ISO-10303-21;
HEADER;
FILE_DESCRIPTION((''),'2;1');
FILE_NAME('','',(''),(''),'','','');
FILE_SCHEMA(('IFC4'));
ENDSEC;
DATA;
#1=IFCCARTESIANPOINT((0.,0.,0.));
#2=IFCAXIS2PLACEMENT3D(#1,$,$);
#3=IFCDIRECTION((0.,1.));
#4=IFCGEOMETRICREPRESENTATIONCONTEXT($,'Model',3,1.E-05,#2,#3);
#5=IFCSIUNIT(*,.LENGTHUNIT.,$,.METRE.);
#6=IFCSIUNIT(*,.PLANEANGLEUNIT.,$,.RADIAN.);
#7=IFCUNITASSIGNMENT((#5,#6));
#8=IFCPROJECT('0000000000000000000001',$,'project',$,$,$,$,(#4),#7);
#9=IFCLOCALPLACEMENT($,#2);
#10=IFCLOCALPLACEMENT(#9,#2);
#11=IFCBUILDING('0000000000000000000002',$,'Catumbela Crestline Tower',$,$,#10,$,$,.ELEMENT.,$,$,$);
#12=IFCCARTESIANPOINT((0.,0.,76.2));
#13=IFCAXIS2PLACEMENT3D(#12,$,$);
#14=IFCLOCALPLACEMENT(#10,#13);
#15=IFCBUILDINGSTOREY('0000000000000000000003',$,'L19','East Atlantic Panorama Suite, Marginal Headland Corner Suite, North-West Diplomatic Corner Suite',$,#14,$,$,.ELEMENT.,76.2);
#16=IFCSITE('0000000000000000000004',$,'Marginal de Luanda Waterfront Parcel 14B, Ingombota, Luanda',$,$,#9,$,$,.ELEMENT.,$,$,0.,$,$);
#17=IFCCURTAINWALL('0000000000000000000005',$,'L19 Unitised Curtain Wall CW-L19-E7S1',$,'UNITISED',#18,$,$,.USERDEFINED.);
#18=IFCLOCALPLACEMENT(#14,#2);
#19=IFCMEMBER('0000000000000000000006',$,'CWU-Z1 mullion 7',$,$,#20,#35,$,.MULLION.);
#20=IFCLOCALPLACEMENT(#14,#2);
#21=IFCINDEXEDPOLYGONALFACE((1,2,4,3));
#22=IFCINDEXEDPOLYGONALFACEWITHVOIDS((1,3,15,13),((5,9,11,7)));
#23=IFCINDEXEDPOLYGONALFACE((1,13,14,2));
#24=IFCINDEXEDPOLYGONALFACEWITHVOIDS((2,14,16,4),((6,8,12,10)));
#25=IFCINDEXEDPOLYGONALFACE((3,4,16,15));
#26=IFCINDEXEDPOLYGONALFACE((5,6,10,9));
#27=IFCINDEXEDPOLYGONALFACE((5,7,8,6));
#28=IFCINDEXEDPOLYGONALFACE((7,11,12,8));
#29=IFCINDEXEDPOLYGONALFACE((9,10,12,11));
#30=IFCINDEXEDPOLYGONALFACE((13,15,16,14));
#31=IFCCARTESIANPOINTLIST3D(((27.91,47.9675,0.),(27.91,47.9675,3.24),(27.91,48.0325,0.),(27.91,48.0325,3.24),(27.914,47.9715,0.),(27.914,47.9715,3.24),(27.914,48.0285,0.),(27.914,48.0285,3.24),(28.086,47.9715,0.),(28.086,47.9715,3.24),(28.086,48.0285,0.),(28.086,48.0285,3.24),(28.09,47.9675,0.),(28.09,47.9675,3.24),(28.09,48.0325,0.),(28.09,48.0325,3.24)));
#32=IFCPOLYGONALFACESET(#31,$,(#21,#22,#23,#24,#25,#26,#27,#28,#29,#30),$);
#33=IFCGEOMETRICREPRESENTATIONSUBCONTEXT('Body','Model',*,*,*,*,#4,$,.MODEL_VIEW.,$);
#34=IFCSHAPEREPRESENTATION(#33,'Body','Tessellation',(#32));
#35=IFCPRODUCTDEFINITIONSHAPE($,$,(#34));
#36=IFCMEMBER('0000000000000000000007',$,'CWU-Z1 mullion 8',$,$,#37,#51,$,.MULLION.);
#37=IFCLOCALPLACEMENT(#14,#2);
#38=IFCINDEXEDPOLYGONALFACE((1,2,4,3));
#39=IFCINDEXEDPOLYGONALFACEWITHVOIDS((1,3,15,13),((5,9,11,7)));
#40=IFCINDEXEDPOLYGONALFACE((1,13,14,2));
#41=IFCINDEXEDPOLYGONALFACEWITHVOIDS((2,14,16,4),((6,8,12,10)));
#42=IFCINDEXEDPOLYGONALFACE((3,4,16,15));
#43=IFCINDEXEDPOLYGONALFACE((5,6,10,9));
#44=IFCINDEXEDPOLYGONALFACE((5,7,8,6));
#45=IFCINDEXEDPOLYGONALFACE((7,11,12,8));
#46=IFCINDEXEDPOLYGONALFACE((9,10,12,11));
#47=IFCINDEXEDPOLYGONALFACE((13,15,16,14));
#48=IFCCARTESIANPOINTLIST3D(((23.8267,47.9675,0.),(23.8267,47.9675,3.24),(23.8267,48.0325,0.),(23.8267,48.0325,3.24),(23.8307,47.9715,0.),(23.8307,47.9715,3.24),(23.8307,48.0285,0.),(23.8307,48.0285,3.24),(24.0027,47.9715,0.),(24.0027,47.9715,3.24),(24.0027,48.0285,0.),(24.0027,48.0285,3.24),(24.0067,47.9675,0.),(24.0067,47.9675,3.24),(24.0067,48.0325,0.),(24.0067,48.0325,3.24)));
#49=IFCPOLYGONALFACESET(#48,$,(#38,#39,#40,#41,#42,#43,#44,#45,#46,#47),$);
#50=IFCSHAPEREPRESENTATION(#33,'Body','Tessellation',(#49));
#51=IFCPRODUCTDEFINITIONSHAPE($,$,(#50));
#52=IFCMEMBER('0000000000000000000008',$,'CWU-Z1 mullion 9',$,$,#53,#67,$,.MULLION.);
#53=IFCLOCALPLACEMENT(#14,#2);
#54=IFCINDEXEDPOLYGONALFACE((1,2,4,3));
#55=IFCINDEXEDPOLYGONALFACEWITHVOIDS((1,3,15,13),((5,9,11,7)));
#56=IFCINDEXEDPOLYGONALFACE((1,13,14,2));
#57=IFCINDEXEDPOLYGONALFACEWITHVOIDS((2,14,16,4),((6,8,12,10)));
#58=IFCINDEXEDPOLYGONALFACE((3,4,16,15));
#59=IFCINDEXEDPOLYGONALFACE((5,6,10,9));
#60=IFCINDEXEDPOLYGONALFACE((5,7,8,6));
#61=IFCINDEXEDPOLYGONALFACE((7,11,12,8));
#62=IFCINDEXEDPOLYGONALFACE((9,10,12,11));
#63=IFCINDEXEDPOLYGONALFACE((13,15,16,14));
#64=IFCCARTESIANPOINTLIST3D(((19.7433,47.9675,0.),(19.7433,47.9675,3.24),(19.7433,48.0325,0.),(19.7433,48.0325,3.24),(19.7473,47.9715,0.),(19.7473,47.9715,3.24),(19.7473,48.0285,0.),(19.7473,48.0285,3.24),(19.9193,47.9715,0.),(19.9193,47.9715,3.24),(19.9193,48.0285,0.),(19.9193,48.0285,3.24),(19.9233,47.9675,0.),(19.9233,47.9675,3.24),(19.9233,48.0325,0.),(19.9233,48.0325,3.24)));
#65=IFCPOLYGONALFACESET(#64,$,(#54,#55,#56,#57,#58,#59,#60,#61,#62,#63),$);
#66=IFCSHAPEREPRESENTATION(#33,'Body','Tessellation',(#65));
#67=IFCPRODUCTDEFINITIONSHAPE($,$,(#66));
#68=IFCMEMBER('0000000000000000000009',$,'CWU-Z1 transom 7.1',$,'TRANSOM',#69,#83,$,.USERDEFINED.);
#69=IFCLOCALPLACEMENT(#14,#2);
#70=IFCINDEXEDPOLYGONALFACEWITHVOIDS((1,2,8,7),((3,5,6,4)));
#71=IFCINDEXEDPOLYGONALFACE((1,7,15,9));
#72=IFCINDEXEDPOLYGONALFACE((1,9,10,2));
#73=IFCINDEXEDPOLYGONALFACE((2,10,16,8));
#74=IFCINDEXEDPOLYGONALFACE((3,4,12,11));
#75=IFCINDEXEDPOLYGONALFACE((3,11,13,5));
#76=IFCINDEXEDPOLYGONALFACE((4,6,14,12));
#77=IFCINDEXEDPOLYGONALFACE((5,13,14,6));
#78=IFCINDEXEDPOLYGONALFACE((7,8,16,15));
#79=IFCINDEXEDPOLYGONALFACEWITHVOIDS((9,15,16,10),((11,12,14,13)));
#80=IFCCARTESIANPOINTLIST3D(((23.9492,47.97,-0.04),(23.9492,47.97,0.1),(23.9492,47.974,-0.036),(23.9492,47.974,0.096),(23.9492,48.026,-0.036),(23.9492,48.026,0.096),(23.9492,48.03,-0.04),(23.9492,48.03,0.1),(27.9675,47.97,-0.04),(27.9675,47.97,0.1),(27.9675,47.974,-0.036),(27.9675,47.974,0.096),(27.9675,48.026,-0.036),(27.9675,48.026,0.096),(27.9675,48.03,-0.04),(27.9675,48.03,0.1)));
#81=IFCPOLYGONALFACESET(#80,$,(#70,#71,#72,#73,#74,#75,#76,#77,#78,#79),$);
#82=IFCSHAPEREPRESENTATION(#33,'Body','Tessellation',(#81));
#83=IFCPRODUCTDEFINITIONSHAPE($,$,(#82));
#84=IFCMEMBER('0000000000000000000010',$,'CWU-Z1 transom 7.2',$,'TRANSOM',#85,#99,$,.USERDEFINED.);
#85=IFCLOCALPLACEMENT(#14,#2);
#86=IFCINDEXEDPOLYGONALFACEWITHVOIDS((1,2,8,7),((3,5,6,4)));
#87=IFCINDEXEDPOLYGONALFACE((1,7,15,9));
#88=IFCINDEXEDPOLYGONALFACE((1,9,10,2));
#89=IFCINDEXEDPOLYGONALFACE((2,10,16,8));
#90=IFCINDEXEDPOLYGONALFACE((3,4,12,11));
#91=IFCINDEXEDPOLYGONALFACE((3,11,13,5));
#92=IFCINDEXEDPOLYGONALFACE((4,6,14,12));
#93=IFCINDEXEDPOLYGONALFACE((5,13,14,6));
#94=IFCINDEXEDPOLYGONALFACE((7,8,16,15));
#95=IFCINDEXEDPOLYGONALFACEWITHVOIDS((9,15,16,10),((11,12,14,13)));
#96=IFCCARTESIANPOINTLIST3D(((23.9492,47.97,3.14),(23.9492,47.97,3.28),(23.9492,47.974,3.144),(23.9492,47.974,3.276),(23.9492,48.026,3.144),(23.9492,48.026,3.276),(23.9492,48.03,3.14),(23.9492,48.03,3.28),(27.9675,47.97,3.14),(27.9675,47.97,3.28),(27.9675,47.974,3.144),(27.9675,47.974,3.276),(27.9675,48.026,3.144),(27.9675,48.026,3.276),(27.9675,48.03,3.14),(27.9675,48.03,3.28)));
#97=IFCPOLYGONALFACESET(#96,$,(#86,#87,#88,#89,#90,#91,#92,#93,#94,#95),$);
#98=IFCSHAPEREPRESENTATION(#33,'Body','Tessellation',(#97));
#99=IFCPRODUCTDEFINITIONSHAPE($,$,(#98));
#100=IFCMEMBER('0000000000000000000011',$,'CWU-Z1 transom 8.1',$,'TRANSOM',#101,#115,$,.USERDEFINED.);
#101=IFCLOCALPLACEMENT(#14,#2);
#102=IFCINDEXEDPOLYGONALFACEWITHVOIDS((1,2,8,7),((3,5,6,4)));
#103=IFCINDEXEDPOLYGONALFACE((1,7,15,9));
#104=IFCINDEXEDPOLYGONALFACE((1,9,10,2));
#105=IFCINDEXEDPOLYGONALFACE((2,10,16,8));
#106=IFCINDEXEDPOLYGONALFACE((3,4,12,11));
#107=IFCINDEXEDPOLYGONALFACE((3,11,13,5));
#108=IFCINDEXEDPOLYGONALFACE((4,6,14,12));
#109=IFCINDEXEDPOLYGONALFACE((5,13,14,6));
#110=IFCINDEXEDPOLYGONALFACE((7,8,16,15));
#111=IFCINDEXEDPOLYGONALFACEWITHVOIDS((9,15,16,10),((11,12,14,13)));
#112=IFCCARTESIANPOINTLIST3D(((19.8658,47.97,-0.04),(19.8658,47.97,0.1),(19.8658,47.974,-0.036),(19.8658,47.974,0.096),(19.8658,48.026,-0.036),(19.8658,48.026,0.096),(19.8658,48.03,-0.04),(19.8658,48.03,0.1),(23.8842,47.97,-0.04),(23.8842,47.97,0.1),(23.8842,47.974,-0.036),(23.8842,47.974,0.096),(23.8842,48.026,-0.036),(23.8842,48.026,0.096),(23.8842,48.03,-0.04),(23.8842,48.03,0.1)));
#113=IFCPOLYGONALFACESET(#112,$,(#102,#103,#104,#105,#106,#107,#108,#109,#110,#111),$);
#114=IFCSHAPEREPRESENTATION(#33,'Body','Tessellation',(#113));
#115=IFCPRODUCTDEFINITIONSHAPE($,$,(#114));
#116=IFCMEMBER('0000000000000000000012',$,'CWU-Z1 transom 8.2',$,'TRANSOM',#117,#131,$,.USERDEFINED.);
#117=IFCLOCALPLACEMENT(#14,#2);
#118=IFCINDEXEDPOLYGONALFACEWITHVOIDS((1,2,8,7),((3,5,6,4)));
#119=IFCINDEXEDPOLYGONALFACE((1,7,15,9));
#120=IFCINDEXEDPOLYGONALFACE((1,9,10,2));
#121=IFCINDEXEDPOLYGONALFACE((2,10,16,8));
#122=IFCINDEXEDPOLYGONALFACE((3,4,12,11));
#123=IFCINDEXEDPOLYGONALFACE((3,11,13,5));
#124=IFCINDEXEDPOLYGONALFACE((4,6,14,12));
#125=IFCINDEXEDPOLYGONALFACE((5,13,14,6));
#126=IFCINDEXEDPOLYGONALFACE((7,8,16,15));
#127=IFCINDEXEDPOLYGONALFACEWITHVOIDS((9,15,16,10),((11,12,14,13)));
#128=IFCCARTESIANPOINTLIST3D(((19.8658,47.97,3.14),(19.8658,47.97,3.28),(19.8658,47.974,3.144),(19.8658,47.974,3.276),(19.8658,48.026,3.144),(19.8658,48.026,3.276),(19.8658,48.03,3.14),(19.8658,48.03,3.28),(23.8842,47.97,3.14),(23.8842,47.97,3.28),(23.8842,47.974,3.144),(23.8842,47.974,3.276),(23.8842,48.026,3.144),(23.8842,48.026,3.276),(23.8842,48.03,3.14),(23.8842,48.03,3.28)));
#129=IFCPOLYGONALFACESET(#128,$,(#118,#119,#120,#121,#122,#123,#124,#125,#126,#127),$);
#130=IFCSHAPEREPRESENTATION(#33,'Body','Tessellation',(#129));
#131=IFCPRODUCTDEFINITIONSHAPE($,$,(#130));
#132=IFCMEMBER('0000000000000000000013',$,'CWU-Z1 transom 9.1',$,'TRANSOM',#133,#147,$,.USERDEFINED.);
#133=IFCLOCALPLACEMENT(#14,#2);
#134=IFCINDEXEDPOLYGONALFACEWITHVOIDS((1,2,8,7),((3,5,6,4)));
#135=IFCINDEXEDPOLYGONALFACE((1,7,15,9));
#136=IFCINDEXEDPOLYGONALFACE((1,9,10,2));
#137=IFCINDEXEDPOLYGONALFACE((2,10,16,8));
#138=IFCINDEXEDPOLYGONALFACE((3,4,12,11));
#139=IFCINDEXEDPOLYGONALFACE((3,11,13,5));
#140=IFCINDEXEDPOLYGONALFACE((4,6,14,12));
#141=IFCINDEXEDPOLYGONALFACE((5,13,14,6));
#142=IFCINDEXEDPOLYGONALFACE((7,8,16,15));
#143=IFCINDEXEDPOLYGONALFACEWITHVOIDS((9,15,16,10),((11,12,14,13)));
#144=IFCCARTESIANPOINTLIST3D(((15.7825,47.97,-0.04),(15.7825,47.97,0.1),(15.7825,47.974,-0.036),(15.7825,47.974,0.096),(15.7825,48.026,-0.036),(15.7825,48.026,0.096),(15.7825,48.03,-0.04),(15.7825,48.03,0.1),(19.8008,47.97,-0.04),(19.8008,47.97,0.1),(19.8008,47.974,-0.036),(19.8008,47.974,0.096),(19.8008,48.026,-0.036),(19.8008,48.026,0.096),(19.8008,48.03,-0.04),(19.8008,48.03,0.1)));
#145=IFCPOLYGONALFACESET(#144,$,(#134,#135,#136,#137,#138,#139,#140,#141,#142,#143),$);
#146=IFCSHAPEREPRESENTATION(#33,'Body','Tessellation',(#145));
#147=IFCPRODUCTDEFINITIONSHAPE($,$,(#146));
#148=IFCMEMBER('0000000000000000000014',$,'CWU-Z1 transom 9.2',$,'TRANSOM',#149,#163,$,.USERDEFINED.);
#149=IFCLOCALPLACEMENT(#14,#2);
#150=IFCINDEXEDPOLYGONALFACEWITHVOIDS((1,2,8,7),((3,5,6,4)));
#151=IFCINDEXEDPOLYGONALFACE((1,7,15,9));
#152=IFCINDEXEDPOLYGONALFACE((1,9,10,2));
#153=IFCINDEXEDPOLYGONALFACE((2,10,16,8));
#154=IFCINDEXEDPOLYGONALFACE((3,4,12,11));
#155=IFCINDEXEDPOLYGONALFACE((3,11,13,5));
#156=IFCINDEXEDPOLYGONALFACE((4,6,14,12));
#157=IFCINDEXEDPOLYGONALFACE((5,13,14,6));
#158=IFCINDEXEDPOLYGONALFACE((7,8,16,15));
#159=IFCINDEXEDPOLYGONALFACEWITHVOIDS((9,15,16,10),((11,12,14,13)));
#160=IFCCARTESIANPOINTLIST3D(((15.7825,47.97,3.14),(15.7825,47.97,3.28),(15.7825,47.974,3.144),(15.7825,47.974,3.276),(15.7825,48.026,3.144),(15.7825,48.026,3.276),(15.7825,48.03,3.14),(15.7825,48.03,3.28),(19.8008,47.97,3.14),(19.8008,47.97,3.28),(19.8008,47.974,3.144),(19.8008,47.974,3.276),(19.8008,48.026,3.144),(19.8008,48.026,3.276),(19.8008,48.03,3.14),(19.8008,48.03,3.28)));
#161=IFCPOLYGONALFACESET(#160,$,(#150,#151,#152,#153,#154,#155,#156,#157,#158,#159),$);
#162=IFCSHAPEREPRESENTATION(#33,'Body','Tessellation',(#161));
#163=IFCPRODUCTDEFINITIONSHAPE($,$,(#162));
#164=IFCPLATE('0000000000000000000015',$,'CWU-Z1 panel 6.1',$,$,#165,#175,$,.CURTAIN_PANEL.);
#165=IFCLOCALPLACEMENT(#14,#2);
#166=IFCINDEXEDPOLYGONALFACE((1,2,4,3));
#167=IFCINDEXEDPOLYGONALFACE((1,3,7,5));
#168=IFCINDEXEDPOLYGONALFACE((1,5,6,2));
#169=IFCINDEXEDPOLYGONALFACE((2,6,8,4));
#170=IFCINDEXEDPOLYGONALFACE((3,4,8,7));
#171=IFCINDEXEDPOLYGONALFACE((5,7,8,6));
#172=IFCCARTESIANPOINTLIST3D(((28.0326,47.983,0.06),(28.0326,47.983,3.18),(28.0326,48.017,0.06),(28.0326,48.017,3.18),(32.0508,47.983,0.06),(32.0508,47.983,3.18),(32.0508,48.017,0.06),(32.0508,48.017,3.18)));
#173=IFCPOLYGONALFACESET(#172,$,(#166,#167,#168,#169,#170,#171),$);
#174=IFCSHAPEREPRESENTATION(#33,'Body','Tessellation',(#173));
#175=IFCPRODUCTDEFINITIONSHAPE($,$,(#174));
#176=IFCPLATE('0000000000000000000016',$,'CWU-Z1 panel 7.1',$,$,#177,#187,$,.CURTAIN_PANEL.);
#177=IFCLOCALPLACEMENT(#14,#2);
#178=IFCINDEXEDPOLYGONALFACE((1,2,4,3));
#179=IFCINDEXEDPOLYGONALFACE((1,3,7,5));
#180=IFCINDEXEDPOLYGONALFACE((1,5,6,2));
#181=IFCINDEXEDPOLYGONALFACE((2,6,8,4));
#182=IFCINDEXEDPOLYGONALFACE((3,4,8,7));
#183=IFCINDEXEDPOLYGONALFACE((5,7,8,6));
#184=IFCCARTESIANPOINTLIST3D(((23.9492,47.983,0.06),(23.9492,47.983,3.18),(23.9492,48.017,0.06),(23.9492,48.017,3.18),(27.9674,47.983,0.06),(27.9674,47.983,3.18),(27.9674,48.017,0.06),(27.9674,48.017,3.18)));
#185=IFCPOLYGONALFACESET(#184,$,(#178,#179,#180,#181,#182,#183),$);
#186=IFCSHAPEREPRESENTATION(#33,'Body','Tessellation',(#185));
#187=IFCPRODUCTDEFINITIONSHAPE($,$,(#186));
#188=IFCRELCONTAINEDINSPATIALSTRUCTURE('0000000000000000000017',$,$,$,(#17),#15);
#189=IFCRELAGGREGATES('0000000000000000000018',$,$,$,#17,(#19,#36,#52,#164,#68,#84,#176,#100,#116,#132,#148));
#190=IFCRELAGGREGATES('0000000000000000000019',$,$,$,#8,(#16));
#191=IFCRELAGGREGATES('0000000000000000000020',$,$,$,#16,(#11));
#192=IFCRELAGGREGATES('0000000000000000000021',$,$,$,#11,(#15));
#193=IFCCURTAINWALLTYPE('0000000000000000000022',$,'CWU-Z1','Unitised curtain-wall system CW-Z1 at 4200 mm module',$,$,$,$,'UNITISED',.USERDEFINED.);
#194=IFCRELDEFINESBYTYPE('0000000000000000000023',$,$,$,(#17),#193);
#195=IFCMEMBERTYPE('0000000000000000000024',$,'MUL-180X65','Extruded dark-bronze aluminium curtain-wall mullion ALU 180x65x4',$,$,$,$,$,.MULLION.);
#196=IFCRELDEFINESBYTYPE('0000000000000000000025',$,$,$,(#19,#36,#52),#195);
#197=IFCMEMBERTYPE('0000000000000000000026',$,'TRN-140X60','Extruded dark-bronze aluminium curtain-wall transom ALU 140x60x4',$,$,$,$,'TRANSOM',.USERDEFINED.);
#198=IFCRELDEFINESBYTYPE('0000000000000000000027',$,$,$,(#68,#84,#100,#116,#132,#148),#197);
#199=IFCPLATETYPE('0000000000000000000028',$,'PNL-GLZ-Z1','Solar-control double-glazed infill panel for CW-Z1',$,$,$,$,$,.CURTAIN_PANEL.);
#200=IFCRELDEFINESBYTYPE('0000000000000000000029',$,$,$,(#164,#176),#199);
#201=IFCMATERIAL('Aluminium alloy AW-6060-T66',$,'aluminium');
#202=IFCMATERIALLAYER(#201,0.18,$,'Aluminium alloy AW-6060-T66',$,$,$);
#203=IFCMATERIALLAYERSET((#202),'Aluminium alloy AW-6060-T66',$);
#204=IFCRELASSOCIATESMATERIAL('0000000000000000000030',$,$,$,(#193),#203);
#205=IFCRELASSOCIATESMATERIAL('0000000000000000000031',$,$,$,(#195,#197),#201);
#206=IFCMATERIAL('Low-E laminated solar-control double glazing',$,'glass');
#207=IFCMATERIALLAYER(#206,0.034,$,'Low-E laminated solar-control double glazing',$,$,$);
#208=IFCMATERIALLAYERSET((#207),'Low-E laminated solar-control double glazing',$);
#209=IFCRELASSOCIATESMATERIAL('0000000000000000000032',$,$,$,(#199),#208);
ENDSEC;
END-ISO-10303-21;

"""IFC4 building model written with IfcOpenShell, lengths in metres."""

from ifc_helpers import new_model, si_unit, direction, frame, origin, origin_2d, place, context, subcontext, project, spatial, rectangle, hollow_rectangle, extrude, material, layer, layer_set, material_profile, profile_set, type_object, element, aggregate, save


model = new_model("IFC4")

# Units and contexts
model_context = context("Model", 3, precision=1e-05, world=origin(), true_north=direction((0.0, 1.0)))
body_context = subcontext(model_context, "Body", "Model", "MODEL_VIEW")
ifc_project = project(units=[si_unit("LENGTHUNIT", "METRE"), si_unit("PLANEANGLEUNIT", "RADIAN")], contexts=[model_context])

# Site, building, storey
site_placement = place(None, origin())
site = spatial("IfcSite", under=ifc_project, at=site_placement, Name="Marginal de Luanda Waterfront Parcel 14B, Ingombota, Luanda", CompositionType="ELEMENT", RefElevation=0.0)
building_placement = place(site_placement, origin())
building = spatial("IfcBuilding", under=site, at=building_placement, Name="Catumbela Crestline Tower", CompositionType="ELEMENT")
storey_placement = place(building_placement, frame((0.0, 0.0, 76.2)))
storey = spatial("IfcBuildingStorey", under=building, at=storey_placement, Name="L19", Description="East Atlantic Panorama Suite, Marginal Headland Corner Suite, North-West Diplomatic Corner Suite", CompositionType="ELEMENT", Elevation=76.2)

# Curtain wall, members, plates
ifc_material_1 = material(Name="Aluminium alloy AW-6060-T66", Category="aluminium")
ifc_layer_1 = layer(ifc_material_1, 0.18, Name="Aluminium alloy AW-6060-T66")
ifc_layer_set_1 = layer_set([ifc_layer_1], Name="Aluminium alloy AW-6060-T66")
curtain_wall_type = type_object("IfcCurtainWallType", Name="CWU-Z1", Description="Unitised curtain-wall system CW-Z1 at 4200 mm module", ElementType="UNITISED", PredefinedType="USERDEFINED", material=ifc_layer_set_1)
curtain_wall_placement = place(storey_placement, origin())
curtain_wall = element("IfcCurtainWall", 1, at=curtain_wall_placement, inside=storey, type_object=curtain_wall_type, Name="L19 Unitised Curtain Wall CW-L19-E7S1", ObjectType="UNITISED", PredefinedType="USERDEFINED")
ifc_material_profile_1 = material_profile(ifc_material_1, hollow_rectangle(XDim=0.065, YDim=0.18, WallThickness=0.004, at=origin_2d()), Name="ALU 180x65x4")
ifc_profile_set_1 = profile_set([ifc_material_profile_1], Name="Aluminium alloy AW-6060-T66")
member_type_1 = type_object("IfcMemberType", Name="MUL-180X65", Description="Extruded dark-bronze aluminium curtain-wall mullion ALU 180x65x4", PredefinedType="MULLION", material=ifc_profile_set_1)
member_1_placement = place(storey_placement, frame((28.0, 48.0, 0.0), z_axis=(0.0, 0.0, 1.0), x_axis=(0.0, -1.0, 0.0)))
member_1 = element("IfcMember", 2, at=member_1_placement, type_object=member_type_1, Name="CWU-Z1 mullion 7", PredefinedType="MULLION", context=body_context, shape_type="SweptSolid", body=[
    extrude(hollow_rectangle(XDim=0.065, YDim=0.18, WallThickness=0.004, at=origin_2d()), origin(), (0.0, 0.0, 1.0), 3.24),
])
member_2_placement = place(storey_placement, frame((23.9167, 48.0, 0.0), z_axis=(0.0, 0.0, 1.0), x_axis=(0.0, -1.0, 0.0)))
member_2 = element("IfcMember", 3, at=member_2_placement, type_object=member_type_1, Name="CWU-Z1 mullion 8", PredefinedType="MULLION", context=body_context, shape_type="SweptSolid", body=[
    extrude(hollow_rectangle(XDim=0.065, YDim=0.18, WallThickness=0.004, at=origin_2d()), origin(), (0.0, 0.0, 1.0), 3.24),
])
member_3_placement = place(storey_placement, frame((19.8333, 48.0, 0.0), z_axis=(0.0, 0.0, 1.0), x_axis=(0.0, -1.0, 0.0)))
member_3 = element("IfcMember", 4, at=member_3_placement, type_object=member_type_1, Name="CWU-Z1 mullion 9", PredefinedType="MULLION", context=body_context, shape_type="SweptSolid", body=[
    extrude(hollow_rectangle(XDim=0.065, YDim=0.18, WallThickness=0.004, at=origin_2d()), origin(), (0.0, 0.0, 1.0), 3.24),
])
ifc_material_profile_2 = material_profile(ifc_material_1, hollow_rectangle(XDim=0.06, YDim=0.14, WallThickness=0.004, at=origin_2d()), Name="ALU 140x60x4")
ifc_profile_set_2 = profile_set([ifc_material_profile_2], Name="Aluminium alloy AW-6060-T66")
member_type_2 = type_object("IfcMemberType", Name="TRN-140X60", Description="Extruded dark-bronze aluminium curtain-wall transom ALU 140x60x4", ElementType="TRANSOM", PredefinedType="USERDEFINED", material=ifc_profile_set_2)
member_4_placement = place(storey_placement, frame((27.9675, 48.0, 0.03), z_axis=(-1.0, 0.0, 0.0), x_axis=(0.0, -1.0, 0.0)))
member_4 = element("IfcMember", 5, at=member_4_placement, type_object=member_type_2, Name="CWU-Z1 transom 7.1", ObjectType="TRANSOM", PredefinedType="USERDEFINED", context=body_context, shape_type="SweptSolid", body=[
    extrude(hollow_rectangle(XDim=0.06, YDim=0.14, WallThickness=0.004, at=origin_2d()), origin(), (0.0, 0.0, 1.0), 4.0183),
])
member_5_placement = place(storey_placement, frame((27.9675, 48.0, 3.21), z_axis=(-1.0, 0.0, 0.0), x_axis=(0.0, -1.0, 0.0)))
member_5 = element("IfcMember", 6, at=member_5_placement, type_object=member_type_2, Name="CWU-Z1 transom 7.2", ObjectType="TRANSOM", PredefinedType="USERDEFINED", context=body_context, shape_type="SweptSolid", body=[
    extrude(hollow_rectangle(XDim=0.06, YDim=0.14, WallThickness=0.004, at=origin_2d()), origin(), (0.0, 0.0, 1.0), 4.0183),
])
member_6_placement = place(storey_placement, frame((23.8842, 48.0, 0.03), z_axis=(-1.0, 0.0, 0.0), x_axis=(0.0, -1.0, 0.0)))
member_6 = element("IfcMember", 7, at=member_6_placement, type_object=member_type_2, Name="CWU-Z1 transom 8.1", ObjectType="TRANSOM", PredefinedType="USERDEFINED", context=body_context, shape_type="SweptSolid", body=[
    extrude(hollow_rectangle(XDim=0.06, YDim=0.14, WallThickness=0.004, at=origin_2d()), origin(), (0.0, 0.0, 1.0), 4.0184),
])
member_7_placement = place(storey_placement, frame((23.8842, 48.0, 3.21), z_axis=(-1.0, 0.0, 0.0), x_axis=(0.0, -1.0, 0.0)))
member_7 = element("IfcMember", 8, at=member_7_placement, type_object=member_type_2, Name="CWU-Z1 transom 8.2", ObjectType="TRANSOM", PredefinedType="USERDEFINED", context=body_context, shape_type="SweptSolid", body=[
    extrude(hollow_rectangle(XDim=0.06, YDim=0.14, WallThickness=0.004, at=origin_2d()), origin(), (0.0, 0.0, 1.0), 4.0184),
])
member_8_placement = place(storey_placement, frame((19.8008, 48.0, 0.03), z_axis=(-1.0, 0.0, 0.0), x_axis=(0.0, -1.0, 0.0)))
member_8 = element("IfcMember", 9, at=member_8_placement, type_object=member_type_2, Name="CWU-Z1 transom 9.1", ObjectType="TRANSOM", PredefinedType="USERDEFINED", context=body_context, shape_type="SweptSolid", body=[
    extrude(hollow_rectangle(XDim=0.06, YDim=0.14, WallThickness=0.004, at=origin_2d()), origin(), (0.0, 0.0, 1.0), 4.0183),
])
member_9_placement = place(storey_placement, frame((19.8008, 48.0, 3.21), z_axis=(-1.0, 0.0, 0.0), x_axis=(0.0, -1.0, 0.0)))
member_9 = element("IfcMember", 10, at=member_9_placement, type_object=member_type_2, Name="CWU-Z1 transom 9.2", ObjectType="TRANSOM", PredefinedType="USERDEFINED", context=body_context, shape_type="SweptSolid", body=[
    extrude(hollow_rectangle(XDim=0.06, YDim=0.14, WallThickness=0.004, at=origin_2d()), origin(), (0.0, 0.0, 1.0), 4.0183),
])
ifc_material_2 = material(Name="Low-E laminated solar-control double glazing", Category="glass")
ifc_layer_2 = layer(ifc_material_2, 0.034, Name="Low-E laminated solar-control double glazing")
ifc_layer_set_2 = layer_set([ifc_layer_2], Name="Low-E laminated solar-control double glazing")
plate_type = type_object("IfcPlateType", Name="PNL-GLZ-Z1", Description="Solar-control double-glazed infill panel for CW-Z1", PredefinedType="CURTAIN_PANEL", material=ifc_layer_set_2)
plate_1_placement = place(storey_placement, frame((30.0417, 48.0, 0.06), z_axis=(0.0, 0.0, 1.0), x_axis=(-1.0, 0.0, 0.0)))
plate_1 = element("IfcPlate", 11, at=plate_1_placement, type_object=plate_type, Name="CWU-Z1 panel 6.1", PredefinedType="CURTAIN_PANEL", context=body_context, shape_type="SweptSolid", body=[
    extrude(rectangle(XDim=4.0183, YDim=0.034, at=origin_2d()), origin(), (0.0, 0.0, 1.0), 3.12),
])
plate_2_placement = place(storey_placement, frame((25.9583, 48.0, 0.06), z_axis=(0.0, 0.0, 1.0), x_axis=(-1.0, 0.0, 0.0)))
plate_2 = element("IfcPlate", 12, at=plate_2_placement, type_object=plate_type, Name="CWU-Z1 panel 7.1", PredefinedType="CURTAIN_PANEL", context=body_context, shape_type="SweptSolid", body=[
    extrude(rectangle(XDim=4.0183, YDim=0.034, at=origin_2d()), origin(), (0.0, 0.0, 1.0), 3.12),
])
aggregate(curtain_wall, [member_1, member_2, member_3, plate_1, member_4, member_5, plate_2, member_6, member_7, member_8, member_9])

save(model, "model.ifc")
